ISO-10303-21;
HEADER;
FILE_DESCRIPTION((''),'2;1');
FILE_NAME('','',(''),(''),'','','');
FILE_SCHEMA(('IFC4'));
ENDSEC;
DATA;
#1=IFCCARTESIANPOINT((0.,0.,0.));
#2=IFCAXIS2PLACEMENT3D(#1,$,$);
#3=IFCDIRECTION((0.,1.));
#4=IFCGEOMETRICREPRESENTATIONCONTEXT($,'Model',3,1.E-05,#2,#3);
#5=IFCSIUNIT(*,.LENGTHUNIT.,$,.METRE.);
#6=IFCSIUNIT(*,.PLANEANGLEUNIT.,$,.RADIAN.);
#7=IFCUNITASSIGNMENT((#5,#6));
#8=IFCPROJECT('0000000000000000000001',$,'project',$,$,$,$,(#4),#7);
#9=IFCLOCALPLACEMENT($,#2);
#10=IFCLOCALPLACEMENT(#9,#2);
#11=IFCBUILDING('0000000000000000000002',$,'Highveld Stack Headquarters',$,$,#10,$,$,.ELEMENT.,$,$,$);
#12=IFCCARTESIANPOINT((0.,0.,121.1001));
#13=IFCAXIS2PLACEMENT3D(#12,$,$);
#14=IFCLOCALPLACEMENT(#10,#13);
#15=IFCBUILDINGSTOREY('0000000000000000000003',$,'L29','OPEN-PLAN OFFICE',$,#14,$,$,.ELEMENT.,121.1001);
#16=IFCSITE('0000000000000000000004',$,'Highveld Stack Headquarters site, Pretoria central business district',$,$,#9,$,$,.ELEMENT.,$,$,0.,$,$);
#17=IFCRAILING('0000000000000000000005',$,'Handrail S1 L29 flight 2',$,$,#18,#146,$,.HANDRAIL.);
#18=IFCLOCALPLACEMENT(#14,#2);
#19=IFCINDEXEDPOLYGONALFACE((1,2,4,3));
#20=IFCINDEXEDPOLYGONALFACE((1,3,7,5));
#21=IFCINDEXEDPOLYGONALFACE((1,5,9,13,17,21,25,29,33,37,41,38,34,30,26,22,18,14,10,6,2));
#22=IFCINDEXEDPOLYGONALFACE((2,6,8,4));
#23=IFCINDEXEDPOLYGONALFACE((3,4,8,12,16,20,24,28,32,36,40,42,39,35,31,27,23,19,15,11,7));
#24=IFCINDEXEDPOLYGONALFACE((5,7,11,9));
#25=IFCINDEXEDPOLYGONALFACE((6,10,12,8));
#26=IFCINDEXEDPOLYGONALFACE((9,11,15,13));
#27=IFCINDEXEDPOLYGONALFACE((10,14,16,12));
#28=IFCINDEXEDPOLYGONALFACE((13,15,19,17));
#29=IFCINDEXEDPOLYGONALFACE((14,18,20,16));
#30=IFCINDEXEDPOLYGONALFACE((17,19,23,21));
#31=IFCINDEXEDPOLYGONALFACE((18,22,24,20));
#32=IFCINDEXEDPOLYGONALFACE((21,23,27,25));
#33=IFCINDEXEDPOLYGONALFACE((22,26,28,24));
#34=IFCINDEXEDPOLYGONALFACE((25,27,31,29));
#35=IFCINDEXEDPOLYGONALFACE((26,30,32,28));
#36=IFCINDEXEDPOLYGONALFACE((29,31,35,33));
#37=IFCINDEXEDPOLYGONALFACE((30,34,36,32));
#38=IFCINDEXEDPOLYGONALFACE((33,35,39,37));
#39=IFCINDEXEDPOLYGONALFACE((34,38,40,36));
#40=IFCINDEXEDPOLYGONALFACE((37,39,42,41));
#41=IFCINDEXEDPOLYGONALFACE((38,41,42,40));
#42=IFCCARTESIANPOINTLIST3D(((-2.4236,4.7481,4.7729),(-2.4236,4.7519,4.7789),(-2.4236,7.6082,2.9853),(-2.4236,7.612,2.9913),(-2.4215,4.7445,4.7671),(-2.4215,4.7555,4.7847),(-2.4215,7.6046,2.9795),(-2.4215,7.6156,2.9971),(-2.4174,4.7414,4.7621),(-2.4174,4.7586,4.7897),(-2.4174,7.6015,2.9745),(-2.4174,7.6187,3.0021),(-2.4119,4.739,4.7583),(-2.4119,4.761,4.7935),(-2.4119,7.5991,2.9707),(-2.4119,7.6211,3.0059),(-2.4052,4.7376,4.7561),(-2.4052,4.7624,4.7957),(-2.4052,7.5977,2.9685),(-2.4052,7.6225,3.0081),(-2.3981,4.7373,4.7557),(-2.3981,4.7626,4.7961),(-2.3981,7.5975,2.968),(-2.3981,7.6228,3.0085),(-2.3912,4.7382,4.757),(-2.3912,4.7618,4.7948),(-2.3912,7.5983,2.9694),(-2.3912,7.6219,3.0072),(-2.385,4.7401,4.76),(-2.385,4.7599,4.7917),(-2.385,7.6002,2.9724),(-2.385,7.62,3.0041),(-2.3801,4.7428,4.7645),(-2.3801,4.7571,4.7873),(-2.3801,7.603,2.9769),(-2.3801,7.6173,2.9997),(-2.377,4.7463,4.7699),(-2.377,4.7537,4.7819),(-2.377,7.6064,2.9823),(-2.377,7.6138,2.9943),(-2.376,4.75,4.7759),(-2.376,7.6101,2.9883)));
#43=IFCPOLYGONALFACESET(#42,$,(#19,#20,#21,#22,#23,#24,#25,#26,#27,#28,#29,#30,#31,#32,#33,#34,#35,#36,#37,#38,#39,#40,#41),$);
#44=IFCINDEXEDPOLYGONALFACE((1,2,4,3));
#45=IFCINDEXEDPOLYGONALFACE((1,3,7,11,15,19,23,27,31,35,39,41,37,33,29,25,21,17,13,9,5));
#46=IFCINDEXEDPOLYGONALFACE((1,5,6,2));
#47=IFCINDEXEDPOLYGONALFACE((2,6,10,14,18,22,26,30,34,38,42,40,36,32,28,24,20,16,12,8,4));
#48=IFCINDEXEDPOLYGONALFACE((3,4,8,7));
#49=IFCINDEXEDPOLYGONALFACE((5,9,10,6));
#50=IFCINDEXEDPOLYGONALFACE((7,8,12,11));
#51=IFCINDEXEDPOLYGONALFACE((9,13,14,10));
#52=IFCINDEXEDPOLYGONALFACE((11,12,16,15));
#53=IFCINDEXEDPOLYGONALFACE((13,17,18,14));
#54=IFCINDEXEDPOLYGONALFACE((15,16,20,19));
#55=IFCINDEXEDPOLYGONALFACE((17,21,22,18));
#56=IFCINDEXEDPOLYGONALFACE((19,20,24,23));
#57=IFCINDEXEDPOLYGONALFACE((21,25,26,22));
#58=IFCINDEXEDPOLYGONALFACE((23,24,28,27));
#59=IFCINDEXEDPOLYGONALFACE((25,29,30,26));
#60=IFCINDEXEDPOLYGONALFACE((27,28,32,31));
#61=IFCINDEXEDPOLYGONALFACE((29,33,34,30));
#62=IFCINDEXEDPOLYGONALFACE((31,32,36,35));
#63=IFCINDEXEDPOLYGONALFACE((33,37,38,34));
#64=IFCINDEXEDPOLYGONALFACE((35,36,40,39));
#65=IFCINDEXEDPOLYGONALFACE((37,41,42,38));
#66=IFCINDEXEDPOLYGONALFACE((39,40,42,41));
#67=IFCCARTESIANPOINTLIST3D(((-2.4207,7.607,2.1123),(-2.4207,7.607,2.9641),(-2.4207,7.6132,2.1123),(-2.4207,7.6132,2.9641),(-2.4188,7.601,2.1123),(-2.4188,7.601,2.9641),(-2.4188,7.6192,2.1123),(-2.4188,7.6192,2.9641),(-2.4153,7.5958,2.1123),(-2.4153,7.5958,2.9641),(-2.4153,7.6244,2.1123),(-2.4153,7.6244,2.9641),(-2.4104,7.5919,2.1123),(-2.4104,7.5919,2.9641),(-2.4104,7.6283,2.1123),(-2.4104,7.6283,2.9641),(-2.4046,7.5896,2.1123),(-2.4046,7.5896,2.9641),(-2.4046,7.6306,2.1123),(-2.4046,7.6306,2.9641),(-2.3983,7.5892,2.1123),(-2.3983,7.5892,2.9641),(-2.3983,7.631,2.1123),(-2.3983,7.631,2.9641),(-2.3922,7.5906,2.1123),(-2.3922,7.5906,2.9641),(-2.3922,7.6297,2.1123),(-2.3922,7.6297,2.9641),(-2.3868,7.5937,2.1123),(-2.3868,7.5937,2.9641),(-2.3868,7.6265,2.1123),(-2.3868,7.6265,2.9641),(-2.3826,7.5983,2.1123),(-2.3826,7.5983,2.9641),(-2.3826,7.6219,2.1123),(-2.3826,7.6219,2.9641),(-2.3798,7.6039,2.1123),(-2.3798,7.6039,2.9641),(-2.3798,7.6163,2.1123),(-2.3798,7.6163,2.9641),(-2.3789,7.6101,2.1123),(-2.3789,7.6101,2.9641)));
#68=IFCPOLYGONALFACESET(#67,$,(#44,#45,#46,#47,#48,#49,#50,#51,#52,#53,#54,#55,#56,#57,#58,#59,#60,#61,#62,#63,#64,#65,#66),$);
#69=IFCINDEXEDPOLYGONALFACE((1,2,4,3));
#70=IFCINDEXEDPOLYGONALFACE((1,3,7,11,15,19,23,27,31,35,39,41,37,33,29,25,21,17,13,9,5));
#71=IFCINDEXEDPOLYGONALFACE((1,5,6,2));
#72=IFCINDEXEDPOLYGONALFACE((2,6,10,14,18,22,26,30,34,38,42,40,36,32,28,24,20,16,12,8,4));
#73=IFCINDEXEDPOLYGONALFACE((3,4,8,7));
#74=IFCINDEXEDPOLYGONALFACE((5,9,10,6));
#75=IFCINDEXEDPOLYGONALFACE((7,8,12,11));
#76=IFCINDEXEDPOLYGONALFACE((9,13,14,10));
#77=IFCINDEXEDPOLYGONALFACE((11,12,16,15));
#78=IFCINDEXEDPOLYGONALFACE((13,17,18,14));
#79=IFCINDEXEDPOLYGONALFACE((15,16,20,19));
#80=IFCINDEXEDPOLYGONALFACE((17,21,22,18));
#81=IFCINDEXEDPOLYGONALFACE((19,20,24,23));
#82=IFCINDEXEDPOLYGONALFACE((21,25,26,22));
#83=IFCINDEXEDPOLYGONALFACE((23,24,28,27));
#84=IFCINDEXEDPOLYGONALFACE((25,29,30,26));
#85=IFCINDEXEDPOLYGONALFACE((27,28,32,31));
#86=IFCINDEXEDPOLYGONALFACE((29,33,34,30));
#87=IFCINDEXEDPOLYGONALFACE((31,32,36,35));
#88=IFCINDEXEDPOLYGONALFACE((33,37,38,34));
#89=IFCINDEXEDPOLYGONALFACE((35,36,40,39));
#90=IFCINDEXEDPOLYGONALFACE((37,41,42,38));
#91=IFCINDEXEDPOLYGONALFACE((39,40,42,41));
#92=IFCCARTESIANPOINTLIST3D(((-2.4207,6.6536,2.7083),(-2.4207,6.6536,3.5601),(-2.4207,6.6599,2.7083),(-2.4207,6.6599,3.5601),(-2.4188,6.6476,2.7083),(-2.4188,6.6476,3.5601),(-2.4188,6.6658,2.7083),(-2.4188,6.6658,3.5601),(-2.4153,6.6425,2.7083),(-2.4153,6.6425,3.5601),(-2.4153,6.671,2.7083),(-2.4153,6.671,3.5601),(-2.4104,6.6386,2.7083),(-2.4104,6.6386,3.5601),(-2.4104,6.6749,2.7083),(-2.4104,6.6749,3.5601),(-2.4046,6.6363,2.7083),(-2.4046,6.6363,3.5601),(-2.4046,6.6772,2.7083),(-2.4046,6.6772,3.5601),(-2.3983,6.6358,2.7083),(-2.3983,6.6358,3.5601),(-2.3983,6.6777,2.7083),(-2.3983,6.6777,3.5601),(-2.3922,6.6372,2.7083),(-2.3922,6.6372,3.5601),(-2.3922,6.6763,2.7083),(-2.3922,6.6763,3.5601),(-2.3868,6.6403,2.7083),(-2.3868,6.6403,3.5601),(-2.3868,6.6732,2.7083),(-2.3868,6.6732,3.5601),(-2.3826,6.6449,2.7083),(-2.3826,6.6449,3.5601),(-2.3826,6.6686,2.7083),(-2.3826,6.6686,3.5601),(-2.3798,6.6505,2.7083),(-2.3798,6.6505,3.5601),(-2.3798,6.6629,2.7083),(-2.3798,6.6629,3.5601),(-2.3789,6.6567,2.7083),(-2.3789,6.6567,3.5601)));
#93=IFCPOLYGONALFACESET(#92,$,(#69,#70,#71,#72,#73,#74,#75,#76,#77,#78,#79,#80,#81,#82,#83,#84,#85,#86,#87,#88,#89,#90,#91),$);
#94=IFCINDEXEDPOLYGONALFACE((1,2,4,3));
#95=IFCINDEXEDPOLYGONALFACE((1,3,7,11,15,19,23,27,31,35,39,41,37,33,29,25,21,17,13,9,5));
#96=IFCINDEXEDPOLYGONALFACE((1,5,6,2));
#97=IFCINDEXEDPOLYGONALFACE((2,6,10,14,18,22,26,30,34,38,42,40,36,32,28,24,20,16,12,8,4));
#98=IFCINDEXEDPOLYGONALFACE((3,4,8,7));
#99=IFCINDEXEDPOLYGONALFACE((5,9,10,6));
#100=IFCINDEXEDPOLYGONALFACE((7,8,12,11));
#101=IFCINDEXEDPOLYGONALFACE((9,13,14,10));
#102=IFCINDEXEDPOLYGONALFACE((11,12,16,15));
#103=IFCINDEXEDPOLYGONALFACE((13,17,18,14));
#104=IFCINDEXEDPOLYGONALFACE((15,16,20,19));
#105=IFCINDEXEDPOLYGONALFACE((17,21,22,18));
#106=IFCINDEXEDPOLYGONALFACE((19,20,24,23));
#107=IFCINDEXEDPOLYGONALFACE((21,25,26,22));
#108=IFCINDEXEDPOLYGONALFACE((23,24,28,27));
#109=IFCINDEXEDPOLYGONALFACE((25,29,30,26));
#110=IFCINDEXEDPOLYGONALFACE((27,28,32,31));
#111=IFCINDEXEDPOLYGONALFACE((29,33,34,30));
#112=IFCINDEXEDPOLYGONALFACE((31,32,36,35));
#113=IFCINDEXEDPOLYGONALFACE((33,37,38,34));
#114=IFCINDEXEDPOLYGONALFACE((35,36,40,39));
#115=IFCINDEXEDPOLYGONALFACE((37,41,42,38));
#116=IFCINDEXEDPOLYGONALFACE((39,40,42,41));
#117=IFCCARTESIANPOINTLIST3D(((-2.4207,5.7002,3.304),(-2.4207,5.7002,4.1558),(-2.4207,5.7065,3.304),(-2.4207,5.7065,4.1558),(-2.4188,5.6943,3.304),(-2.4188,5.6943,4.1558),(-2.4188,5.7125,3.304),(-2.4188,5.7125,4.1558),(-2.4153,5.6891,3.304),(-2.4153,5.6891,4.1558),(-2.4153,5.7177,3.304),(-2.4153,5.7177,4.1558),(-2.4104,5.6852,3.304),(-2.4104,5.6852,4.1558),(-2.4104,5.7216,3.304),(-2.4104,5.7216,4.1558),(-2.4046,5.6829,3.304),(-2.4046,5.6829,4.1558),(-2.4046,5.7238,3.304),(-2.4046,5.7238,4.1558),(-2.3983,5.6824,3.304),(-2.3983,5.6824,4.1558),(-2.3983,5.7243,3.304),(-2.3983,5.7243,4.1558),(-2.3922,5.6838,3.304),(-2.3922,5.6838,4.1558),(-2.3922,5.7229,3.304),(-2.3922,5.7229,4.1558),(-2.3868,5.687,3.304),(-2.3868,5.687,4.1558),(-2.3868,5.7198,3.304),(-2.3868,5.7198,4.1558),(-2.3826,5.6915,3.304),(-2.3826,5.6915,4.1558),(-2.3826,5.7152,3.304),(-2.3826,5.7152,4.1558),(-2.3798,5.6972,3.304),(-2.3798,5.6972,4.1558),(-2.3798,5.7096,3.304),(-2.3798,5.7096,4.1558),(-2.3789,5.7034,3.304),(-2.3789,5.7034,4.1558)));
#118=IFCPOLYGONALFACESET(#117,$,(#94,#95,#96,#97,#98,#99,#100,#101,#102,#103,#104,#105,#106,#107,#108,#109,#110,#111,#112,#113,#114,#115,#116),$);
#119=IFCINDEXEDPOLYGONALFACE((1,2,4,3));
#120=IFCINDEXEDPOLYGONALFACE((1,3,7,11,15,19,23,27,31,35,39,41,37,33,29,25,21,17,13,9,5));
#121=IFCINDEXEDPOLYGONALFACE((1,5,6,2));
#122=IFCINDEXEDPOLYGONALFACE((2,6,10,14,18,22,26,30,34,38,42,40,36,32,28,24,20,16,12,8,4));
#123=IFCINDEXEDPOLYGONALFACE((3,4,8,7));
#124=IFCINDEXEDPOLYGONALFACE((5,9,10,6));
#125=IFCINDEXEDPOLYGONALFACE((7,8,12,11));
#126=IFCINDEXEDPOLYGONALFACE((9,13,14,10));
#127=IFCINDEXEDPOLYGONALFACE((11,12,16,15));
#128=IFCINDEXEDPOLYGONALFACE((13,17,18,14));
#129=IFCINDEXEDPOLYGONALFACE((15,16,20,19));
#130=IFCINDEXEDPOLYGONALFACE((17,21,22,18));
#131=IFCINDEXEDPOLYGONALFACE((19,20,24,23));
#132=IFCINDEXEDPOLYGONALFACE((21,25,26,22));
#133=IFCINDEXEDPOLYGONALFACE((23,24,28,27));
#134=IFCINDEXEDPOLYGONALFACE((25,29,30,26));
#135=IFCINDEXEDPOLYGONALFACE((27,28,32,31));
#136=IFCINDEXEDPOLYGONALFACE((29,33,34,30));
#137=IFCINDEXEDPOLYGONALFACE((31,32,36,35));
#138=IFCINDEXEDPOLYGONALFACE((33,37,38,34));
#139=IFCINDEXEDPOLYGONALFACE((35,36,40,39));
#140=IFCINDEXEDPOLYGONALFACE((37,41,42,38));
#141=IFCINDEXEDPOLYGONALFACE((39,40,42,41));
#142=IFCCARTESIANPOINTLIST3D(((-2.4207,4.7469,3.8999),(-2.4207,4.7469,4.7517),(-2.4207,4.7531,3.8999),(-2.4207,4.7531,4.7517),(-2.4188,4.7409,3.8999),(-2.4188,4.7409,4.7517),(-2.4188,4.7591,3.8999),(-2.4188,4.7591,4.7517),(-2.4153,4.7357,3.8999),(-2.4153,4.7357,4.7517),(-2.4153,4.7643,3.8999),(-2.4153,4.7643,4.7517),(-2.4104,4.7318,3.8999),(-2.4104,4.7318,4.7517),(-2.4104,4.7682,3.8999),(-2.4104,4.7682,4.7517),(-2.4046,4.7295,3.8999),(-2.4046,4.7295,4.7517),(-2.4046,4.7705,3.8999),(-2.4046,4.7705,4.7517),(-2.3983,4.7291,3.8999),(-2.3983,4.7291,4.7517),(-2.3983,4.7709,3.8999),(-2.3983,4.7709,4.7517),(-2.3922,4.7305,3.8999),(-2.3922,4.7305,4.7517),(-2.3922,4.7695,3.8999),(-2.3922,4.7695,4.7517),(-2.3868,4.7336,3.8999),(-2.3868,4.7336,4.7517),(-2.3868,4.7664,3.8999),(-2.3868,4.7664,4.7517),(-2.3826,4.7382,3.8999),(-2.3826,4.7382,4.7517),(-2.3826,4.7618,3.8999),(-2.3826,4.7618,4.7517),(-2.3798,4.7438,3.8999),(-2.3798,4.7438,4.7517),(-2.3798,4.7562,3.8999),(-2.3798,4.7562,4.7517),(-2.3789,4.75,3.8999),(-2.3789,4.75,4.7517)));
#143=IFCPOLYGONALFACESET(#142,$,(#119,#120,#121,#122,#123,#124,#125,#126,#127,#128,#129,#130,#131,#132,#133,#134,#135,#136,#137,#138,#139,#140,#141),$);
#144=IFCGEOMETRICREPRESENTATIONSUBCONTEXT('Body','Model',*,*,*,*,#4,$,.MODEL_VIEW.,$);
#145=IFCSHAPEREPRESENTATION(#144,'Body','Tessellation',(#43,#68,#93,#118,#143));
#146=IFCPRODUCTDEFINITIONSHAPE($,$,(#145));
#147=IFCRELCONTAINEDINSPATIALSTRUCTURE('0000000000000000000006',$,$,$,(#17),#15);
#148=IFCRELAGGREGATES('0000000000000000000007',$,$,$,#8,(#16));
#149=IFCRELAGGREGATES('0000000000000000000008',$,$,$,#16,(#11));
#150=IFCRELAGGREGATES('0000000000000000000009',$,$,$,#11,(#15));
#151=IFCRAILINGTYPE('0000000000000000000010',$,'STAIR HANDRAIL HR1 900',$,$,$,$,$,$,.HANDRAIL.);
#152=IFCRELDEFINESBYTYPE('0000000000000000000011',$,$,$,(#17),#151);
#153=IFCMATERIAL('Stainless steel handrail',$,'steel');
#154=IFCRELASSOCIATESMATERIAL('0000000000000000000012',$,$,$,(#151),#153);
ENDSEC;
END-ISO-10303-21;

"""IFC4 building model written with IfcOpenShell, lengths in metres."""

from ifc_helpers import new_model, si_unit, direction, frame, origin, origin_2d, place, context, subcontext, project, spatial, circle, extrude, material, type_object, element, save


model = new_model("IFC4")

# Units and contexts
model_context = context("Model", 3, precision=1e-05, world=origin(), true_north=direction((0.0, 1.0)))
body_context = subcontext(model_context, "Body", "Model", "MODEL_VIEW")
ifc_project = project(units=[si_unit("LENGTHUNIT", "METRE"), si_unit("PLANEANGLEUNIT", "RADIAN")], contexts=[model_context])

# Site, building, storey
site_placement = place(None, origin())
site = spatial("IfcSite", under=ifc_project, at=site_placement, Name="Highveld Stack Headquarters site, Pretoria central business district", CompositionType="ELEMENT", RefElevation=0.0)
building_placement = place(site_placement, origin())
building = spatial("IfcBuilding", under=site, at=building_placement, Name="Highveld Stack Headquarters", CompositionType="ELEMENT")
storey_placement = place(building_placement, frame((0.0, 0.0, 121.1001)))
storey = spatial("IfcBuildingStorey", under=building, at=storey_placement, Name="L29", Description="OPEN-PLAN OFFICE", CompositionType="ELEMENT", Elevation=121.1001)

# Railing
ifc_material_1 = material(Name="Stainless steel handrail", Category="steel")
railing_type = type_object("IfcRailingType", Name="STAIR HANDRAIL HR1 900", PredefinedType="HANDRAIL", material=ifc_material_1)
for number, where, name in (
    (1, (-2.3999, 7.6101, 2.1123), "Handrail S1 L29 flight 2"),
):
    element("IfcRailing", number, at=place(storey_placement, frame(where)), inside=storey, type_object=railing_type, Name=name, PredefinedType="HANDRAIL", context=body_context, shape_type="SweptSolid", body=[
        extrude(circle(Radius=0.0239, at=origin_2d()), frame((0.0, 0.0, 0.876), z_axis=(0.0, -0.847994, 0.530005), x_axis=(1.0, 0.0, 0.0)), (0.0, 0.0, 1.0), 3.3728),
        extrude(circle(Radius=0.021, at=origin_2d()), origin(), (0.0, 0.0, 1.0), 0.8518),
        extrude(circle(Radius=0.021, at=origin_2d()), frame((0.0, -0.9534, 0.5959)), (0.0, 0.0, 1.0), 0.8518),
        extrude(circle(Radius=0.021, at=origin_2d()), frame((0.0, -1.9067, 1.1917)), (0.0, 0.0, 1.0), 0.8518),
        extrude(circle(Radius=0.021, at=origin_2d()), frame((0.0, -2.8601, 1.7876)), (0.0, 0.0, 1.0), 0.8518),
    ])

save(model, "model.ifc")
